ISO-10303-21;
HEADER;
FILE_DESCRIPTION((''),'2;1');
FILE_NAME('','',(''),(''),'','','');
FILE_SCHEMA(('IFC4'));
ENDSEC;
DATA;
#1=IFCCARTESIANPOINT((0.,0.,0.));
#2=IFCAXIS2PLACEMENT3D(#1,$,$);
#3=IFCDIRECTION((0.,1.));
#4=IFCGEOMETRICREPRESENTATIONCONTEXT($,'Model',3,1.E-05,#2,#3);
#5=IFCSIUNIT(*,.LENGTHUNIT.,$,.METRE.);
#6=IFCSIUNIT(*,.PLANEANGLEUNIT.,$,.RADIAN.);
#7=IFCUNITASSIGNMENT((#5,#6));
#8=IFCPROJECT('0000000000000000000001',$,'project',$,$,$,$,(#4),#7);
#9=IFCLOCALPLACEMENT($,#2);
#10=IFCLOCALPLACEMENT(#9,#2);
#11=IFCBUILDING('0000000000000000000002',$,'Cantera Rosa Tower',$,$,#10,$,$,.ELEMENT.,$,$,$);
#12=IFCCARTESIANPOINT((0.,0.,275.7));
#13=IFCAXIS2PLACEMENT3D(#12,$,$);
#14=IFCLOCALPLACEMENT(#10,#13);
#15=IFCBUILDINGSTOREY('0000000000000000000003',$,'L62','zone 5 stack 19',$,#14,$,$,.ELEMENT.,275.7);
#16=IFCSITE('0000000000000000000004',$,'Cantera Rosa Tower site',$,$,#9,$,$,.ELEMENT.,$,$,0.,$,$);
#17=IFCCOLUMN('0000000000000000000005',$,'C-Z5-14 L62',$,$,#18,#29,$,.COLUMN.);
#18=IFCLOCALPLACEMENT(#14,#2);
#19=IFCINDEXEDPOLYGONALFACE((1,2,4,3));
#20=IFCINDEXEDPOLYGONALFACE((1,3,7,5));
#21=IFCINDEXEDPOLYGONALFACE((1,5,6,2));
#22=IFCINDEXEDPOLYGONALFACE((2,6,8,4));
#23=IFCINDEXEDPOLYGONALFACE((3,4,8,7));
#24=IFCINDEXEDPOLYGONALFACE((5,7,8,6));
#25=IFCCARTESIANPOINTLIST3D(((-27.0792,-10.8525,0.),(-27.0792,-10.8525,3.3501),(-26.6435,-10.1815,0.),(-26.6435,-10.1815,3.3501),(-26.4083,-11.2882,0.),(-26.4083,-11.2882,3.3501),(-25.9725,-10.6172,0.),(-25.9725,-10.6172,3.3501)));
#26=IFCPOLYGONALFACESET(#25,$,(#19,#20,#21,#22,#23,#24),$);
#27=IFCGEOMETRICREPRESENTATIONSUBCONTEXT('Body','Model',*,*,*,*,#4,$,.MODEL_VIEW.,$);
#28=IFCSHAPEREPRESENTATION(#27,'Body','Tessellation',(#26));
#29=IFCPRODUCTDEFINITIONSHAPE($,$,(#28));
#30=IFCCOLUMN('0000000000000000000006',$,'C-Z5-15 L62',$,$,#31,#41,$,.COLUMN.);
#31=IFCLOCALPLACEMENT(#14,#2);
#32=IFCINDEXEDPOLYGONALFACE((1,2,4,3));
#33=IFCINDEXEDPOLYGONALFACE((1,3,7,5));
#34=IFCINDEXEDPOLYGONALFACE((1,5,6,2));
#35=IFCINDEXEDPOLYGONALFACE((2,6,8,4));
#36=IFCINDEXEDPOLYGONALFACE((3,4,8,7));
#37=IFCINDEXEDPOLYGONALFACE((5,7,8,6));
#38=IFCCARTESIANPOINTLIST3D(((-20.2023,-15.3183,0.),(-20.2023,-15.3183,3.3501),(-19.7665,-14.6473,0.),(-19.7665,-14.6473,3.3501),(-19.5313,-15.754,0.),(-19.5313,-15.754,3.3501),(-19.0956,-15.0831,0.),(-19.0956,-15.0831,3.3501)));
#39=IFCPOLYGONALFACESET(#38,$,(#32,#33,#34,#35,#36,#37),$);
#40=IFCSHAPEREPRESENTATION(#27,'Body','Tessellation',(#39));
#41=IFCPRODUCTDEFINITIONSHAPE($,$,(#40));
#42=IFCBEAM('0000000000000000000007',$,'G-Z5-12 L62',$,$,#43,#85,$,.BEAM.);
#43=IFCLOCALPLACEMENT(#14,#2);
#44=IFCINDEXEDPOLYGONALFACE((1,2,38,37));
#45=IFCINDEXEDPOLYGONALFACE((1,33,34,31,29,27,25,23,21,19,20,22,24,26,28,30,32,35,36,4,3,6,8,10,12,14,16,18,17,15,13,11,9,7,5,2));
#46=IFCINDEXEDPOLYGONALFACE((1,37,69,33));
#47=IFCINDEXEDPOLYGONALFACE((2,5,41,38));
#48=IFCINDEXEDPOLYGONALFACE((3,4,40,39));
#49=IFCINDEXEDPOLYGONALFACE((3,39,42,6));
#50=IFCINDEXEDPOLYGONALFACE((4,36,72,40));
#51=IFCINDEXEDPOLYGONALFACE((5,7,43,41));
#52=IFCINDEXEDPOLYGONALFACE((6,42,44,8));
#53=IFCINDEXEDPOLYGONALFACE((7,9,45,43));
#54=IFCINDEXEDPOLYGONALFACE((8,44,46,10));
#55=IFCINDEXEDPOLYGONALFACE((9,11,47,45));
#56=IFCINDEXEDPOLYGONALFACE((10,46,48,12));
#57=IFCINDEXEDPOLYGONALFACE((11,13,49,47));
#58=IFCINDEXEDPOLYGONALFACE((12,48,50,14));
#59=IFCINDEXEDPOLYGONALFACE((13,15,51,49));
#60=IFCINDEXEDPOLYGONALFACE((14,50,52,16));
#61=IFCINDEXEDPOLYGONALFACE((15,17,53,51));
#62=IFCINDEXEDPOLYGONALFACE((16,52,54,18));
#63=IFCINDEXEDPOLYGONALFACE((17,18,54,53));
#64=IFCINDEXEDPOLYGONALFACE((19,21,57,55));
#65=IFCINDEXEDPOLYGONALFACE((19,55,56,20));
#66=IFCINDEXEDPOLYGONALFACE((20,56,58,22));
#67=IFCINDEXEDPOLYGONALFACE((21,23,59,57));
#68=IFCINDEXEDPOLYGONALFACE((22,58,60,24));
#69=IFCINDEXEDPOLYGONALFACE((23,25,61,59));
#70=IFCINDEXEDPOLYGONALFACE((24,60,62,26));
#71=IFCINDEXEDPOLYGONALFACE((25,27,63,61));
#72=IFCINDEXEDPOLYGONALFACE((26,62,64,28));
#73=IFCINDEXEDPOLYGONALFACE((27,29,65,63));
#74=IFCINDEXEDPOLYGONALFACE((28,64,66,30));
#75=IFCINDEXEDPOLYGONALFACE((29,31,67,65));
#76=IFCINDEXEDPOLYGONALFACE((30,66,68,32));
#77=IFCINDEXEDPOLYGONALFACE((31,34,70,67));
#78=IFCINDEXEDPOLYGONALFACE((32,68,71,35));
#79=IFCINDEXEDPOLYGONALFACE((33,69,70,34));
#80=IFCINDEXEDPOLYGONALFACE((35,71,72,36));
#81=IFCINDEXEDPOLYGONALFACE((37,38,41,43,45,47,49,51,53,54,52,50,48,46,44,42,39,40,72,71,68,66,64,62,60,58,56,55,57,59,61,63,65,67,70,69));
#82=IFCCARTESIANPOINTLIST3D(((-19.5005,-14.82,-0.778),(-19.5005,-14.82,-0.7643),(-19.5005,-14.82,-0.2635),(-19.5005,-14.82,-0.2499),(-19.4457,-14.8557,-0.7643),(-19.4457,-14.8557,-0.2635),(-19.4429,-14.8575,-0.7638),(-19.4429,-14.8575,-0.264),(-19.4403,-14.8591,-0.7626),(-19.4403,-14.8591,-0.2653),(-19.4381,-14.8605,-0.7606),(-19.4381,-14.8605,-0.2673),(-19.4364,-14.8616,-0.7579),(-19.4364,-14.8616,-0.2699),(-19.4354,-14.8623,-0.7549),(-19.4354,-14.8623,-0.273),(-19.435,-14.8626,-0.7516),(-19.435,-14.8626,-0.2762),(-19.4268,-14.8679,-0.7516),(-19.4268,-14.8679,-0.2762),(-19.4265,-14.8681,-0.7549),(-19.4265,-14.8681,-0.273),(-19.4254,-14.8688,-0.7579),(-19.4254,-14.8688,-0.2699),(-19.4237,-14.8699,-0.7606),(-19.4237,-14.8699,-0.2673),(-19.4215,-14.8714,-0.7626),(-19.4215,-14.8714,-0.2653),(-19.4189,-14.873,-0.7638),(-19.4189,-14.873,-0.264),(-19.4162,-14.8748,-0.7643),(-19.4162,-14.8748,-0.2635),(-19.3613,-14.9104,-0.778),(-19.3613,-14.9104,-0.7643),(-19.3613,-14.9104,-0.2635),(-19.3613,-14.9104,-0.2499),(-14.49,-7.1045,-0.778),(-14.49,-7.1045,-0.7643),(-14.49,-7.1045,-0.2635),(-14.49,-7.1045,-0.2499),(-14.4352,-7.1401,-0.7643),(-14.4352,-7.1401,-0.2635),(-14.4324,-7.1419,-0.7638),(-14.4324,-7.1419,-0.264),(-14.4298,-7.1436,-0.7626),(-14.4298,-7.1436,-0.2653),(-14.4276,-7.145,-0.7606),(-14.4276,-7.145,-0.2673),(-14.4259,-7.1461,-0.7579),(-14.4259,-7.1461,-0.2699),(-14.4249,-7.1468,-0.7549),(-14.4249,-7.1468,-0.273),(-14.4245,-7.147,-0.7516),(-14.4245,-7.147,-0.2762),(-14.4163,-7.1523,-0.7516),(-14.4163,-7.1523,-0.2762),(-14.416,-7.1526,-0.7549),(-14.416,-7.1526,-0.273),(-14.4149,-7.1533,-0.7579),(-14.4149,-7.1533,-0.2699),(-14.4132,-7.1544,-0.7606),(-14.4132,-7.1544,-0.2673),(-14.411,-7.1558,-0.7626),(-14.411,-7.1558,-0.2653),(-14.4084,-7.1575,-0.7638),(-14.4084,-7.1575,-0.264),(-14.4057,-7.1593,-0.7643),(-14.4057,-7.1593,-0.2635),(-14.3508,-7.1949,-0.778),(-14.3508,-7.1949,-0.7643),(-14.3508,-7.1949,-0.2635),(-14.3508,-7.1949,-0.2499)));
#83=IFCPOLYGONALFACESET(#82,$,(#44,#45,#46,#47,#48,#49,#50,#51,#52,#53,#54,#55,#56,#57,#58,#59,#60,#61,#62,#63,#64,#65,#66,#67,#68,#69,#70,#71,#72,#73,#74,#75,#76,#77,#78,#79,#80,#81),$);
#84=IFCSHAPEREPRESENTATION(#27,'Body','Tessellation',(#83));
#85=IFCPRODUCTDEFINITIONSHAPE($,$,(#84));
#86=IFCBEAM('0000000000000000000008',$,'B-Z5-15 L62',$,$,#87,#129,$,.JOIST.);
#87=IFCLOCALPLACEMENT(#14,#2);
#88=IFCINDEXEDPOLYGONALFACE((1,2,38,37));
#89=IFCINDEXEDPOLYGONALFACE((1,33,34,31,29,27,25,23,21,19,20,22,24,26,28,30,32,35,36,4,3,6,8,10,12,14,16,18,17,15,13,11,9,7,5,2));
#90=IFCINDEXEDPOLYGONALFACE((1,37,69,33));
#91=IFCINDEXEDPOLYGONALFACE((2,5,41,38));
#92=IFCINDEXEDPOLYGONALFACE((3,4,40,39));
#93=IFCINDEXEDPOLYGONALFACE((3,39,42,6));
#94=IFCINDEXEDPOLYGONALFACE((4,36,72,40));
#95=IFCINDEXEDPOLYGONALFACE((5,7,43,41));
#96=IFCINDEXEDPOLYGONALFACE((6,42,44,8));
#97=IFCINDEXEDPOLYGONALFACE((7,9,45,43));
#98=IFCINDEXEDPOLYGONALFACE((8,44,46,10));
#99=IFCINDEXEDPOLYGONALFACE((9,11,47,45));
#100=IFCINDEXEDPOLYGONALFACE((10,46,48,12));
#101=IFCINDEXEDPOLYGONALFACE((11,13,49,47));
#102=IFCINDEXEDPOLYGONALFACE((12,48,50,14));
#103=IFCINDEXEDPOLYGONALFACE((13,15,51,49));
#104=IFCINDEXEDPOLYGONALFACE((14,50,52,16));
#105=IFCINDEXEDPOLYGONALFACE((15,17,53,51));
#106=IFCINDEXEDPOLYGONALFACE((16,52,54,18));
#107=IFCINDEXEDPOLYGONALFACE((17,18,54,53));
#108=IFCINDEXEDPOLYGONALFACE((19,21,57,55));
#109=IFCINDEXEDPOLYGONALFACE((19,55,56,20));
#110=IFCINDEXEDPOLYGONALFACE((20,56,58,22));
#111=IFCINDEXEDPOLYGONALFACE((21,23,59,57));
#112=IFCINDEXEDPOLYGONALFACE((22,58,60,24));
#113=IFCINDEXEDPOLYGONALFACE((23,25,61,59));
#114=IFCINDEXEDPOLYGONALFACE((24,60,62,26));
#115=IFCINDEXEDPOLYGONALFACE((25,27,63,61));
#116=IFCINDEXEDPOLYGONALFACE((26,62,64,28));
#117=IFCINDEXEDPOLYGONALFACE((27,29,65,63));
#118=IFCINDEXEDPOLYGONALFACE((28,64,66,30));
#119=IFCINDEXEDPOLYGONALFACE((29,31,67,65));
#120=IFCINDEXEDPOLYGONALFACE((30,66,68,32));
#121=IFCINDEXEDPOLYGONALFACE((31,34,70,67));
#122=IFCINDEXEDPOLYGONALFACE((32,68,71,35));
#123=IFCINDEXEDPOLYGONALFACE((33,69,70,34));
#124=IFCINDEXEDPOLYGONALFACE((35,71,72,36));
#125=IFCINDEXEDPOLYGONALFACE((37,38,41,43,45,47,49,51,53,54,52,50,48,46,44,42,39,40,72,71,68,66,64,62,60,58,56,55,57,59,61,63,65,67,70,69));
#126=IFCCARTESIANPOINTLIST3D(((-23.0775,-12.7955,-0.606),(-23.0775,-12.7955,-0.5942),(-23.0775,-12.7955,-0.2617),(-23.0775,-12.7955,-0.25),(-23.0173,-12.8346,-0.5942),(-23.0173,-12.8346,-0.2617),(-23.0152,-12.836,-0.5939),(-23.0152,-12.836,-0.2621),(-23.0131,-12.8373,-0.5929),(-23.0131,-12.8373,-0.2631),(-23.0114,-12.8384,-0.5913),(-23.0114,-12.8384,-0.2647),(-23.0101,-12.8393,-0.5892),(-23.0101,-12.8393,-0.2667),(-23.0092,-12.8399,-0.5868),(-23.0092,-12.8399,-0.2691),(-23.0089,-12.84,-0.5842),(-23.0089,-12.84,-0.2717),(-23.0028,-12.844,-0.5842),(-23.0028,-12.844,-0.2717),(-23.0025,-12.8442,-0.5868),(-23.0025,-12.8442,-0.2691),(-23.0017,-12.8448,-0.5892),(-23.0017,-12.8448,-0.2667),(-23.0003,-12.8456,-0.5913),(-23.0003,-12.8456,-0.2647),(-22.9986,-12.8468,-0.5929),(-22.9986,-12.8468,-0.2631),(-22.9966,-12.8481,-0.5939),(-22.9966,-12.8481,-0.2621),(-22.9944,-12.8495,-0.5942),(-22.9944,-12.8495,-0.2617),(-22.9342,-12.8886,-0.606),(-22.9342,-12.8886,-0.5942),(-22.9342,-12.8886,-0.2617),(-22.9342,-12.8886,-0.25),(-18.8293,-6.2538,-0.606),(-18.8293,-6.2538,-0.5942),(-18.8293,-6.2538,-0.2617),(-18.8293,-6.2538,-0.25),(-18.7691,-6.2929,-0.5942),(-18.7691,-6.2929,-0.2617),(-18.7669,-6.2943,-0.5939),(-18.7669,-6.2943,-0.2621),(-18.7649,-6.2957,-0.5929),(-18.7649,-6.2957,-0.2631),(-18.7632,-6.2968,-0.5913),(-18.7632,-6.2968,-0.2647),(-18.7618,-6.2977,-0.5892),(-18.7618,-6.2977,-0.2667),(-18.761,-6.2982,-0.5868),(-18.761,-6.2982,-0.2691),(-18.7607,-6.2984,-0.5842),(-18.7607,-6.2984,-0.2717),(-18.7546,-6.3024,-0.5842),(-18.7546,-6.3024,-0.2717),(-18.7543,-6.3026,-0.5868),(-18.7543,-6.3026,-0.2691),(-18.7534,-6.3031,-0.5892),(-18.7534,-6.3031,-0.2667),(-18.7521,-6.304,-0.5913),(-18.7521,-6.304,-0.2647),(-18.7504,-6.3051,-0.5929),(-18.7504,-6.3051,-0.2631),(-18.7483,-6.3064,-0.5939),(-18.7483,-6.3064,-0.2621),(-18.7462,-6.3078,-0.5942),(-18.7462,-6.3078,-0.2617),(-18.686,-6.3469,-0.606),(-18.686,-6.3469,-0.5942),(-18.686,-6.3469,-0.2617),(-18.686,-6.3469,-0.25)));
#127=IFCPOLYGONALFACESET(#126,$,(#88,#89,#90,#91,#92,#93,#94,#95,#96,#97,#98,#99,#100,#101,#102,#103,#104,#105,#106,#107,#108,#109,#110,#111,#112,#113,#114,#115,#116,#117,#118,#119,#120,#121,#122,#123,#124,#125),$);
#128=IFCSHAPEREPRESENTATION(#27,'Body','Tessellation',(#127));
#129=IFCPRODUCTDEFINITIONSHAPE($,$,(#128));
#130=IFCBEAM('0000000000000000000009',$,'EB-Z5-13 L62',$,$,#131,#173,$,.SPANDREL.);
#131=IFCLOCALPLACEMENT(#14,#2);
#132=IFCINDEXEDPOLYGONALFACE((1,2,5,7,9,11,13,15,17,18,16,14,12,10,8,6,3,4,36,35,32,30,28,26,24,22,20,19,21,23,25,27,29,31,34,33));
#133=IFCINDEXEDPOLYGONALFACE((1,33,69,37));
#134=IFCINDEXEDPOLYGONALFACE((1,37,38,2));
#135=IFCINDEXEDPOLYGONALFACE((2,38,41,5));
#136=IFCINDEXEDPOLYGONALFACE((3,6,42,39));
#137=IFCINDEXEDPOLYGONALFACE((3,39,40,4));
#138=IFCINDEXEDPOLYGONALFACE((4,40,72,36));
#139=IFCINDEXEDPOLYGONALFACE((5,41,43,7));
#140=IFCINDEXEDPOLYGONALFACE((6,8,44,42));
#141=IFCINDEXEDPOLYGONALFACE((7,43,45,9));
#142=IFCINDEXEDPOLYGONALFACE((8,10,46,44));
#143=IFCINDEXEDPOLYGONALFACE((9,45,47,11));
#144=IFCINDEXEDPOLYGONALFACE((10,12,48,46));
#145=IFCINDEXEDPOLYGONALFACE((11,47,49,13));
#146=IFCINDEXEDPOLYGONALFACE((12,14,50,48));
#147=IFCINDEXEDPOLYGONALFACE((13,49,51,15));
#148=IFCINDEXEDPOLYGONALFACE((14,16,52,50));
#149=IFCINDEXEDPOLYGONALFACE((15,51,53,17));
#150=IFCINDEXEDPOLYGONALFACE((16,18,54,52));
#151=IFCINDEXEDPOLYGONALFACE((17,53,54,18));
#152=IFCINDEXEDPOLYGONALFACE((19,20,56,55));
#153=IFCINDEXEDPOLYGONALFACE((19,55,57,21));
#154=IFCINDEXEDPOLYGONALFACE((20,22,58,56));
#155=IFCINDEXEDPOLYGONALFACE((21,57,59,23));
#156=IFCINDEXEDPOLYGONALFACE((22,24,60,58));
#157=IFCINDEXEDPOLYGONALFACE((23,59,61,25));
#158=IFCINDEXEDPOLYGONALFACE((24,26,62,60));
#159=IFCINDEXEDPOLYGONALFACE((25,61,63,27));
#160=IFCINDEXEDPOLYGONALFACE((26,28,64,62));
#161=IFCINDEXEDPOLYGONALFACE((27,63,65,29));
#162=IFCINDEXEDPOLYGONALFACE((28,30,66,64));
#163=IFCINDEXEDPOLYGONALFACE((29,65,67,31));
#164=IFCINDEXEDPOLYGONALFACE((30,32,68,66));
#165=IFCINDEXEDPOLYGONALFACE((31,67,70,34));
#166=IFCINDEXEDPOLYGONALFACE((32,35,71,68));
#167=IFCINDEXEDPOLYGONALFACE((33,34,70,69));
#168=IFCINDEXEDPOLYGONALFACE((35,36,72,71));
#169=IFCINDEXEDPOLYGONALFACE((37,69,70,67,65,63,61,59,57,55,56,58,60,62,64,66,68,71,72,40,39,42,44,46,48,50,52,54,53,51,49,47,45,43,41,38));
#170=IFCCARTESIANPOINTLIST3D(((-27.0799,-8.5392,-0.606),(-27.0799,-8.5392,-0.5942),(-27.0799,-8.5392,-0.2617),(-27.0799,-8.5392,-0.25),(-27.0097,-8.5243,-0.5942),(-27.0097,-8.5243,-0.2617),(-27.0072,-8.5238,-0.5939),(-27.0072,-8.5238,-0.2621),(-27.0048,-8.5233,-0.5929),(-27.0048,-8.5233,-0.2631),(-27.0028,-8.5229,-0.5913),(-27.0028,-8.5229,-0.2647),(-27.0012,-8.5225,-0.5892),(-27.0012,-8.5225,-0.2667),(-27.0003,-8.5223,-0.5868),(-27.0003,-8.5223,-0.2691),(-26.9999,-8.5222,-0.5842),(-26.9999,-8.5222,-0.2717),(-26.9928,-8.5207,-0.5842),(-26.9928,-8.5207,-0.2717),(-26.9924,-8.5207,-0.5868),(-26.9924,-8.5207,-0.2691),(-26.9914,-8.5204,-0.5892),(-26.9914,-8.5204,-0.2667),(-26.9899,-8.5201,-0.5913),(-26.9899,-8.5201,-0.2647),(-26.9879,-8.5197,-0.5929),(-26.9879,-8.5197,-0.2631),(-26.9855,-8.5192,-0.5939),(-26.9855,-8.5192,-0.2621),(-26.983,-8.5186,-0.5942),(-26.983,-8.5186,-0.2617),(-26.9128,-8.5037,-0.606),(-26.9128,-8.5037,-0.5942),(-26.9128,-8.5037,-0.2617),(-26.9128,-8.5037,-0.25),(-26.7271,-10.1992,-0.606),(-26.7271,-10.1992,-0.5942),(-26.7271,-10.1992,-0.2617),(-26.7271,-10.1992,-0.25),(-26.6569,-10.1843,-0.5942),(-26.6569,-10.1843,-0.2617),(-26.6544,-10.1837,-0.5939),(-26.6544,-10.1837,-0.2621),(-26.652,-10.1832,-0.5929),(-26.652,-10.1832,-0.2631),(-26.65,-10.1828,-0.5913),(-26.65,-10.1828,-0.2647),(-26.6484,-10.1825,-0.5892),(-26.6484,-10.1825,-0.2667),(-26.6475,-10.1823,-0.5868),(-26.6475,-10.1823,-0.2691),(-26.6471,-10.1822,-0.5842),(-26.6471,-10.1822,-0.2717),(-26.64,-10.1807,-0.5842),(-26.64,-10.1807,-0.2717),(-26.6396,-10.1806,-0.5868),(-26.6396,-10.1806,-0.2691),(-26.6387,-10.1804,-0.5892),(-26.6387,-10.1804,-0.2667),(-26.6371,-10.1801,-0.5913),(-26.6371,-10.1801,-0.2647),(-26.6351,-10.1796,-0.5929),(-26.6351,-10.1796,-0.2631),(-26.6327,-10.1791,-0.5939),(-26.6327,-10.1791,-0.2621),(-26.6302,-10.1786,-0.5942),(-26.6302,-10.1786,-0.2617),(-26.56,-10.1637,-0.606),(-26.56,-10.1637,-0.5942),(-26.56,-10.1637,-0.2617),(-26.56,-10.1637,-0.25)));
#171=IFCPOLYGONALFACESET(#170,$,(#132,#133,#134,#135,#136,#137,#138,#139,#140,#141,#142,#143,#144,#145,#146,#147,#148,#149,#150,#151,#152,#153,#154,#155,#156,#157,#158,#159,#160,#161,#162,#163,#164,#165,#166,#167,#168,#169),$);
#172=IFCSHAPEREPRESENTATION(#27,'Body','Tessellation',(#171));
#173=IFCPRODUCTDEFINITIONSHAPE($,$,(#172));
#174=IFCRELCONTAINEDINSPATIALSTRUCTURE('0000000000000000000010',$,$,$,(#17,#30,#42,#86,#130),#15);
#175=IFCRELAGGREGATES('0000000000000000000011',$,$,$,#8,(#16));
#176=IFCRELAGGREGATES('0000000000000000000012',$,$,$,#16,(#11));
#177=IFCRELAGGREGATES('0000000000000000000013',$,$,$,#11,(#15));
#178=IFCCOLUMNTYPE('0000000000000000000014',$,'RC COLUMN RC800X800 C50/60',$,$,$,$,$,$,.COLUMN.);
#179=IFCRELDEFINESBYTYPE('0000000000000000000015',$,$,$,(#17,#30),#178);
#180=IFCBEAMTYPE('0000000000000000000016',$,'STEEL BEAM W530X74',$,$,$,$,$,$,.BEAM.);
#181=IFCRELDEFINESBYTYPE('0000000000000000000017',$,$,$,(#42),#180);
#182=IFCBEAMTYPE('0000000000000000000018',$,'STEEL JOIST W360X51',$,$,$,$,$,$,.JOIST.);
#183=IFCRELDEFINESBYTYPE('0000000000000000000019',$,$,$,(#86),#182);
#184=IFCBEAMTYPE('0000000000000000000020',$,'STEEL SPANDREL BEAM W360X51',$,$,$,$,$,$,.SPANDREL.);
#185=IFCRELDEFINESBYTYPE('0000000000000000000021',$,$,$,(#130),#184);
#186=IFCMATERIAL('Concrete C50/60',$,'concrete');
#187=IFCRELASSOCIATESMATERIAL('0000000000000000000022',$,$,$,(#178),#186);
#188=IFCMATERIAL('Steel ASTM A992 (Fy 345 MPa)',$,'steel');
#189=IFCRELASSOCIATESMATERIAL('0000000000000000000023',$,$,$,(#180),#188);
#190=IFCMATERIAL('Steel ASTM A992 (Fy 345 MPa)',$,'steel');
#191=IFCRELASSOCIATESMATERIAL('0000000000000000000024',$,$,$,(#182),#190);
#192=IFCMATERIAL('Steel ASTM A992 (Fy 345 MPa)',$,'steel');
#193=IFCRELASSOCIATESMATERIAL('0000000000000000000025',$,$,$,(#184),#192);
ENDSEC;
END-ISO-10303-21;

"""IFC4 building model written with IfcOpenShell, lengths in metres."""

from ifc_helpers import new_model, si_unit, direction, frame, origin, origin_2d, place, context, subcontext, project, spatial, rectangle, i_section, extrude, material, material_profile, profile_set, type_object, element, save


model = new_model("IFC4")

# Units and contexts
model_context = context("Model", 3, precision=1e-05, world=origin(), true_north=direction((0.0, 1.0)))
body_context = subcontext(model_context, "Body", "Model", "MODEL_VIEW")
ifc_project = project(units=[si_unit("LENGTHUNIT", "METRE"), si_unit("PLANEANGLEUNIT", "RADIAN")], contexts=[model_context])

# Site, building, storey
site_placement = place(None, origin())
site = spatial("IfcSite", under=ifc_project, at=site_placement, Name="Cantera Rosa Tower site", CompositionType="ELEMENT", RefElevation=0.0)
building_placement = place(site_placement, origin())
building = spatial("IfcBuilding", under=site, at=building_placement, Name="Cantera Rosa Tower", CompositionType="ELEMENT")
storey_placement = place(building_placement, frame((0.0, 0.0, 275.7)))
storey = spatial("IfcBuildingStorey", under=building, at=storey_placement, Name="L62", Description="zone 5 stack 19", CompositionType="ELEMENT", Elevation=275.7)

# Columns
ifc_material_1 = material(Name="Concrete C50/60", Category="concrete")
ifc_material_profile_1 = material_profile(ifc_material_1, rectangle(XDim=0.8, YDim=0.8, at=origin_2d()), Name="RC COLUMN RC800X800 C50/60")
ifc_profile_set_1 = profile_set([ifc_material_profile_1], Name="Concrete C50/60")
column_type = type_object("IfcColumnType", Name="RC COLUMN RC800X800 C50/60", PredefinedType="COLUMN", material=ifc_profile_set_1)
for number, where, z_axis, x_axis, name in (
    (1, (-26.5259, -10.7349, 0.0), (0.0, 0.0, 1.0), (0.544639, 0.838671, 0.0), "C-Z5-14 L62"),
    (2, (-19.6489, -15.2007, 0.0), (0.0, 0.0, 1.0), (0.544639, 0.838671, 0.0), "C-Z5-15 L62"),
):
    element("IfcColumn", number, at=place(storey_placement, frame(where, z_axis=z_axis, x_axis=x_axis)), inside=storey, type_object=column_type, Name=name, PredefinedType="COLUMN", context=body_context, shape_type="SweptSolid", body=[
        extrude(rectangle(XDim=0.8, YDim=0.8, at=origin_2d()), origin(), (0.0, 0.0, 1.0), 3.3501),
    ])

# Beams
ifc_material_2 = material(Name="Steel ASTM A992 (Fy 345 MPa)", Category="steel")
ifc_material_profile_2 = material_profile(ifc_material_2, i_section(OverallWidth=0.166, OverallDepth=0.5281, WebThickness=0.0098, FlangeThickness=0.0137, FilletRadius=0.0127, at=origin_2d()), Name="W530X74")
ifc_profile_set_2 = profile_set([ifc_material_profile_2], Name="Steel ASTM A992 (Fy 345 MPa)")
beam_type_1 = type_object("IfcBeamType", Name="STEEL BEAM W530X74", PredefinedType="BEAM", material=ifc_profile_set_2)
beam_1_placement = place(storey_placement, frame((-19.4309, -14.8652, -0.5139), z_axis=(0.544635, 0.838673, 0.0), x_axis=(-0.838673, 0.544635, 0.0)))
element("IfcBeam", 3, at=beam_1_placement, inside=storey, type_object=beam_type_1, Name="G-Z5-12 L62", PredefinedType="BEAM", context=body_context, shape_type="SweptSolid", body=[
    extrude(i_section(OverallWidth=0.166, OverallDepth=0.5281, WebThickness=0.0098, FlangeThickness=0.0137, FilletRadius=0.0127, at=origin_2d()), origin(), (0.0, 0.0, 1.0), 9.1997),
])
ifc_material_3 = material(Name="Steel ASTM A992 (Fy 345 MPa)", Category="steel")
ifc_material_profile_3 = material_profile(ifc_material_3, i_section(OverallWidth=0.1709, OverallDepth=0.356, WebThickness=0.0073, FlangeThickness=0.0117, FilletRadius=0.01, at=origin_2d()), Name="W360X51")
ifc_profile_set_3 = profile_set([ifc_material_profile_3], Name="Steel ASTM A992 (Fy 345 MPa)")
beam_type_2 = type_object("IfcBeamType", Name="STEEL JOIST W360X51", PredefinedType="JOIST", material=ifc_profile_set_3)
beam_2_placement = place(storey_placement, frame((-23.0059, -12.842, -0.428), z_axis=(0.544642, 0.838669, 0.0), x_axis=(-0.838669, 0.544642, 0.0)))
element("IfcBeam", 4, at=beam_2_placement, inside=storey, type_object=beam_type_2, Name="B-Z5-15 L62", PredefinedType="JOIST", context=body_context, shape_type="SweptSolid", body=[
    extrude(i_section(OverallWidth=0.1709, OverallDepth=0.356, WebThickness=0.0073, FlangeThickness=0.0117, FilletRadius=0.01, at=origin_2d()), origin(), (0.0, 0.0, 1.0), 7.8),
])
ifc_material_4 = material(Name="Steel ASTM A992 (Fy 345 MPa)", Category="steel")
ifc_material_profile_4 = material_profile(ifc_material_4, i_section(OverallWidth=0.1709, OverallDepth=0.356, WebThickness=0.0073, FlangeThickness=0.0117, FilletRadius=0.01, at=origin_2d()), Name="W360X51")
ifc_profile_set_4 = profile_set([ifc_material_profile_4], Name="Steel ASTM A992 (Fy 345 MPa)")
beam_type_3 = type_object("IfcBeamType", Name="STEEL SPANDREL BEAM W360X51", PredefinedType="SPANDREL", material=ifc_profile_set_4)
beam_3_placement = place(storey_placement, frame((-26.9963, -8.5215, -0.428), z_axis=(0.207888, -0.978153, 0.0), x_axis=(0.978153, 0.207888, 0.0)))
element("IfcBeam", 5, at=beam_3_placement, inside=storey, type_object=beam_type_3, Name="EB-Z5-13 L62", PredefinedType="SPANDREL", context=body_context, shape_type="SweptSolid", body=[
    extrude(i_section(OverallWidth=0.1709, OverallDepth=0.356, WebThickness=0.0073, FlangeThickness=0.0117, FilletRadius=0.01, at=origin_2d()), origin(), (0.0, 0.0, 1.0), 1.697),
])

save(model, "model.ifc")
